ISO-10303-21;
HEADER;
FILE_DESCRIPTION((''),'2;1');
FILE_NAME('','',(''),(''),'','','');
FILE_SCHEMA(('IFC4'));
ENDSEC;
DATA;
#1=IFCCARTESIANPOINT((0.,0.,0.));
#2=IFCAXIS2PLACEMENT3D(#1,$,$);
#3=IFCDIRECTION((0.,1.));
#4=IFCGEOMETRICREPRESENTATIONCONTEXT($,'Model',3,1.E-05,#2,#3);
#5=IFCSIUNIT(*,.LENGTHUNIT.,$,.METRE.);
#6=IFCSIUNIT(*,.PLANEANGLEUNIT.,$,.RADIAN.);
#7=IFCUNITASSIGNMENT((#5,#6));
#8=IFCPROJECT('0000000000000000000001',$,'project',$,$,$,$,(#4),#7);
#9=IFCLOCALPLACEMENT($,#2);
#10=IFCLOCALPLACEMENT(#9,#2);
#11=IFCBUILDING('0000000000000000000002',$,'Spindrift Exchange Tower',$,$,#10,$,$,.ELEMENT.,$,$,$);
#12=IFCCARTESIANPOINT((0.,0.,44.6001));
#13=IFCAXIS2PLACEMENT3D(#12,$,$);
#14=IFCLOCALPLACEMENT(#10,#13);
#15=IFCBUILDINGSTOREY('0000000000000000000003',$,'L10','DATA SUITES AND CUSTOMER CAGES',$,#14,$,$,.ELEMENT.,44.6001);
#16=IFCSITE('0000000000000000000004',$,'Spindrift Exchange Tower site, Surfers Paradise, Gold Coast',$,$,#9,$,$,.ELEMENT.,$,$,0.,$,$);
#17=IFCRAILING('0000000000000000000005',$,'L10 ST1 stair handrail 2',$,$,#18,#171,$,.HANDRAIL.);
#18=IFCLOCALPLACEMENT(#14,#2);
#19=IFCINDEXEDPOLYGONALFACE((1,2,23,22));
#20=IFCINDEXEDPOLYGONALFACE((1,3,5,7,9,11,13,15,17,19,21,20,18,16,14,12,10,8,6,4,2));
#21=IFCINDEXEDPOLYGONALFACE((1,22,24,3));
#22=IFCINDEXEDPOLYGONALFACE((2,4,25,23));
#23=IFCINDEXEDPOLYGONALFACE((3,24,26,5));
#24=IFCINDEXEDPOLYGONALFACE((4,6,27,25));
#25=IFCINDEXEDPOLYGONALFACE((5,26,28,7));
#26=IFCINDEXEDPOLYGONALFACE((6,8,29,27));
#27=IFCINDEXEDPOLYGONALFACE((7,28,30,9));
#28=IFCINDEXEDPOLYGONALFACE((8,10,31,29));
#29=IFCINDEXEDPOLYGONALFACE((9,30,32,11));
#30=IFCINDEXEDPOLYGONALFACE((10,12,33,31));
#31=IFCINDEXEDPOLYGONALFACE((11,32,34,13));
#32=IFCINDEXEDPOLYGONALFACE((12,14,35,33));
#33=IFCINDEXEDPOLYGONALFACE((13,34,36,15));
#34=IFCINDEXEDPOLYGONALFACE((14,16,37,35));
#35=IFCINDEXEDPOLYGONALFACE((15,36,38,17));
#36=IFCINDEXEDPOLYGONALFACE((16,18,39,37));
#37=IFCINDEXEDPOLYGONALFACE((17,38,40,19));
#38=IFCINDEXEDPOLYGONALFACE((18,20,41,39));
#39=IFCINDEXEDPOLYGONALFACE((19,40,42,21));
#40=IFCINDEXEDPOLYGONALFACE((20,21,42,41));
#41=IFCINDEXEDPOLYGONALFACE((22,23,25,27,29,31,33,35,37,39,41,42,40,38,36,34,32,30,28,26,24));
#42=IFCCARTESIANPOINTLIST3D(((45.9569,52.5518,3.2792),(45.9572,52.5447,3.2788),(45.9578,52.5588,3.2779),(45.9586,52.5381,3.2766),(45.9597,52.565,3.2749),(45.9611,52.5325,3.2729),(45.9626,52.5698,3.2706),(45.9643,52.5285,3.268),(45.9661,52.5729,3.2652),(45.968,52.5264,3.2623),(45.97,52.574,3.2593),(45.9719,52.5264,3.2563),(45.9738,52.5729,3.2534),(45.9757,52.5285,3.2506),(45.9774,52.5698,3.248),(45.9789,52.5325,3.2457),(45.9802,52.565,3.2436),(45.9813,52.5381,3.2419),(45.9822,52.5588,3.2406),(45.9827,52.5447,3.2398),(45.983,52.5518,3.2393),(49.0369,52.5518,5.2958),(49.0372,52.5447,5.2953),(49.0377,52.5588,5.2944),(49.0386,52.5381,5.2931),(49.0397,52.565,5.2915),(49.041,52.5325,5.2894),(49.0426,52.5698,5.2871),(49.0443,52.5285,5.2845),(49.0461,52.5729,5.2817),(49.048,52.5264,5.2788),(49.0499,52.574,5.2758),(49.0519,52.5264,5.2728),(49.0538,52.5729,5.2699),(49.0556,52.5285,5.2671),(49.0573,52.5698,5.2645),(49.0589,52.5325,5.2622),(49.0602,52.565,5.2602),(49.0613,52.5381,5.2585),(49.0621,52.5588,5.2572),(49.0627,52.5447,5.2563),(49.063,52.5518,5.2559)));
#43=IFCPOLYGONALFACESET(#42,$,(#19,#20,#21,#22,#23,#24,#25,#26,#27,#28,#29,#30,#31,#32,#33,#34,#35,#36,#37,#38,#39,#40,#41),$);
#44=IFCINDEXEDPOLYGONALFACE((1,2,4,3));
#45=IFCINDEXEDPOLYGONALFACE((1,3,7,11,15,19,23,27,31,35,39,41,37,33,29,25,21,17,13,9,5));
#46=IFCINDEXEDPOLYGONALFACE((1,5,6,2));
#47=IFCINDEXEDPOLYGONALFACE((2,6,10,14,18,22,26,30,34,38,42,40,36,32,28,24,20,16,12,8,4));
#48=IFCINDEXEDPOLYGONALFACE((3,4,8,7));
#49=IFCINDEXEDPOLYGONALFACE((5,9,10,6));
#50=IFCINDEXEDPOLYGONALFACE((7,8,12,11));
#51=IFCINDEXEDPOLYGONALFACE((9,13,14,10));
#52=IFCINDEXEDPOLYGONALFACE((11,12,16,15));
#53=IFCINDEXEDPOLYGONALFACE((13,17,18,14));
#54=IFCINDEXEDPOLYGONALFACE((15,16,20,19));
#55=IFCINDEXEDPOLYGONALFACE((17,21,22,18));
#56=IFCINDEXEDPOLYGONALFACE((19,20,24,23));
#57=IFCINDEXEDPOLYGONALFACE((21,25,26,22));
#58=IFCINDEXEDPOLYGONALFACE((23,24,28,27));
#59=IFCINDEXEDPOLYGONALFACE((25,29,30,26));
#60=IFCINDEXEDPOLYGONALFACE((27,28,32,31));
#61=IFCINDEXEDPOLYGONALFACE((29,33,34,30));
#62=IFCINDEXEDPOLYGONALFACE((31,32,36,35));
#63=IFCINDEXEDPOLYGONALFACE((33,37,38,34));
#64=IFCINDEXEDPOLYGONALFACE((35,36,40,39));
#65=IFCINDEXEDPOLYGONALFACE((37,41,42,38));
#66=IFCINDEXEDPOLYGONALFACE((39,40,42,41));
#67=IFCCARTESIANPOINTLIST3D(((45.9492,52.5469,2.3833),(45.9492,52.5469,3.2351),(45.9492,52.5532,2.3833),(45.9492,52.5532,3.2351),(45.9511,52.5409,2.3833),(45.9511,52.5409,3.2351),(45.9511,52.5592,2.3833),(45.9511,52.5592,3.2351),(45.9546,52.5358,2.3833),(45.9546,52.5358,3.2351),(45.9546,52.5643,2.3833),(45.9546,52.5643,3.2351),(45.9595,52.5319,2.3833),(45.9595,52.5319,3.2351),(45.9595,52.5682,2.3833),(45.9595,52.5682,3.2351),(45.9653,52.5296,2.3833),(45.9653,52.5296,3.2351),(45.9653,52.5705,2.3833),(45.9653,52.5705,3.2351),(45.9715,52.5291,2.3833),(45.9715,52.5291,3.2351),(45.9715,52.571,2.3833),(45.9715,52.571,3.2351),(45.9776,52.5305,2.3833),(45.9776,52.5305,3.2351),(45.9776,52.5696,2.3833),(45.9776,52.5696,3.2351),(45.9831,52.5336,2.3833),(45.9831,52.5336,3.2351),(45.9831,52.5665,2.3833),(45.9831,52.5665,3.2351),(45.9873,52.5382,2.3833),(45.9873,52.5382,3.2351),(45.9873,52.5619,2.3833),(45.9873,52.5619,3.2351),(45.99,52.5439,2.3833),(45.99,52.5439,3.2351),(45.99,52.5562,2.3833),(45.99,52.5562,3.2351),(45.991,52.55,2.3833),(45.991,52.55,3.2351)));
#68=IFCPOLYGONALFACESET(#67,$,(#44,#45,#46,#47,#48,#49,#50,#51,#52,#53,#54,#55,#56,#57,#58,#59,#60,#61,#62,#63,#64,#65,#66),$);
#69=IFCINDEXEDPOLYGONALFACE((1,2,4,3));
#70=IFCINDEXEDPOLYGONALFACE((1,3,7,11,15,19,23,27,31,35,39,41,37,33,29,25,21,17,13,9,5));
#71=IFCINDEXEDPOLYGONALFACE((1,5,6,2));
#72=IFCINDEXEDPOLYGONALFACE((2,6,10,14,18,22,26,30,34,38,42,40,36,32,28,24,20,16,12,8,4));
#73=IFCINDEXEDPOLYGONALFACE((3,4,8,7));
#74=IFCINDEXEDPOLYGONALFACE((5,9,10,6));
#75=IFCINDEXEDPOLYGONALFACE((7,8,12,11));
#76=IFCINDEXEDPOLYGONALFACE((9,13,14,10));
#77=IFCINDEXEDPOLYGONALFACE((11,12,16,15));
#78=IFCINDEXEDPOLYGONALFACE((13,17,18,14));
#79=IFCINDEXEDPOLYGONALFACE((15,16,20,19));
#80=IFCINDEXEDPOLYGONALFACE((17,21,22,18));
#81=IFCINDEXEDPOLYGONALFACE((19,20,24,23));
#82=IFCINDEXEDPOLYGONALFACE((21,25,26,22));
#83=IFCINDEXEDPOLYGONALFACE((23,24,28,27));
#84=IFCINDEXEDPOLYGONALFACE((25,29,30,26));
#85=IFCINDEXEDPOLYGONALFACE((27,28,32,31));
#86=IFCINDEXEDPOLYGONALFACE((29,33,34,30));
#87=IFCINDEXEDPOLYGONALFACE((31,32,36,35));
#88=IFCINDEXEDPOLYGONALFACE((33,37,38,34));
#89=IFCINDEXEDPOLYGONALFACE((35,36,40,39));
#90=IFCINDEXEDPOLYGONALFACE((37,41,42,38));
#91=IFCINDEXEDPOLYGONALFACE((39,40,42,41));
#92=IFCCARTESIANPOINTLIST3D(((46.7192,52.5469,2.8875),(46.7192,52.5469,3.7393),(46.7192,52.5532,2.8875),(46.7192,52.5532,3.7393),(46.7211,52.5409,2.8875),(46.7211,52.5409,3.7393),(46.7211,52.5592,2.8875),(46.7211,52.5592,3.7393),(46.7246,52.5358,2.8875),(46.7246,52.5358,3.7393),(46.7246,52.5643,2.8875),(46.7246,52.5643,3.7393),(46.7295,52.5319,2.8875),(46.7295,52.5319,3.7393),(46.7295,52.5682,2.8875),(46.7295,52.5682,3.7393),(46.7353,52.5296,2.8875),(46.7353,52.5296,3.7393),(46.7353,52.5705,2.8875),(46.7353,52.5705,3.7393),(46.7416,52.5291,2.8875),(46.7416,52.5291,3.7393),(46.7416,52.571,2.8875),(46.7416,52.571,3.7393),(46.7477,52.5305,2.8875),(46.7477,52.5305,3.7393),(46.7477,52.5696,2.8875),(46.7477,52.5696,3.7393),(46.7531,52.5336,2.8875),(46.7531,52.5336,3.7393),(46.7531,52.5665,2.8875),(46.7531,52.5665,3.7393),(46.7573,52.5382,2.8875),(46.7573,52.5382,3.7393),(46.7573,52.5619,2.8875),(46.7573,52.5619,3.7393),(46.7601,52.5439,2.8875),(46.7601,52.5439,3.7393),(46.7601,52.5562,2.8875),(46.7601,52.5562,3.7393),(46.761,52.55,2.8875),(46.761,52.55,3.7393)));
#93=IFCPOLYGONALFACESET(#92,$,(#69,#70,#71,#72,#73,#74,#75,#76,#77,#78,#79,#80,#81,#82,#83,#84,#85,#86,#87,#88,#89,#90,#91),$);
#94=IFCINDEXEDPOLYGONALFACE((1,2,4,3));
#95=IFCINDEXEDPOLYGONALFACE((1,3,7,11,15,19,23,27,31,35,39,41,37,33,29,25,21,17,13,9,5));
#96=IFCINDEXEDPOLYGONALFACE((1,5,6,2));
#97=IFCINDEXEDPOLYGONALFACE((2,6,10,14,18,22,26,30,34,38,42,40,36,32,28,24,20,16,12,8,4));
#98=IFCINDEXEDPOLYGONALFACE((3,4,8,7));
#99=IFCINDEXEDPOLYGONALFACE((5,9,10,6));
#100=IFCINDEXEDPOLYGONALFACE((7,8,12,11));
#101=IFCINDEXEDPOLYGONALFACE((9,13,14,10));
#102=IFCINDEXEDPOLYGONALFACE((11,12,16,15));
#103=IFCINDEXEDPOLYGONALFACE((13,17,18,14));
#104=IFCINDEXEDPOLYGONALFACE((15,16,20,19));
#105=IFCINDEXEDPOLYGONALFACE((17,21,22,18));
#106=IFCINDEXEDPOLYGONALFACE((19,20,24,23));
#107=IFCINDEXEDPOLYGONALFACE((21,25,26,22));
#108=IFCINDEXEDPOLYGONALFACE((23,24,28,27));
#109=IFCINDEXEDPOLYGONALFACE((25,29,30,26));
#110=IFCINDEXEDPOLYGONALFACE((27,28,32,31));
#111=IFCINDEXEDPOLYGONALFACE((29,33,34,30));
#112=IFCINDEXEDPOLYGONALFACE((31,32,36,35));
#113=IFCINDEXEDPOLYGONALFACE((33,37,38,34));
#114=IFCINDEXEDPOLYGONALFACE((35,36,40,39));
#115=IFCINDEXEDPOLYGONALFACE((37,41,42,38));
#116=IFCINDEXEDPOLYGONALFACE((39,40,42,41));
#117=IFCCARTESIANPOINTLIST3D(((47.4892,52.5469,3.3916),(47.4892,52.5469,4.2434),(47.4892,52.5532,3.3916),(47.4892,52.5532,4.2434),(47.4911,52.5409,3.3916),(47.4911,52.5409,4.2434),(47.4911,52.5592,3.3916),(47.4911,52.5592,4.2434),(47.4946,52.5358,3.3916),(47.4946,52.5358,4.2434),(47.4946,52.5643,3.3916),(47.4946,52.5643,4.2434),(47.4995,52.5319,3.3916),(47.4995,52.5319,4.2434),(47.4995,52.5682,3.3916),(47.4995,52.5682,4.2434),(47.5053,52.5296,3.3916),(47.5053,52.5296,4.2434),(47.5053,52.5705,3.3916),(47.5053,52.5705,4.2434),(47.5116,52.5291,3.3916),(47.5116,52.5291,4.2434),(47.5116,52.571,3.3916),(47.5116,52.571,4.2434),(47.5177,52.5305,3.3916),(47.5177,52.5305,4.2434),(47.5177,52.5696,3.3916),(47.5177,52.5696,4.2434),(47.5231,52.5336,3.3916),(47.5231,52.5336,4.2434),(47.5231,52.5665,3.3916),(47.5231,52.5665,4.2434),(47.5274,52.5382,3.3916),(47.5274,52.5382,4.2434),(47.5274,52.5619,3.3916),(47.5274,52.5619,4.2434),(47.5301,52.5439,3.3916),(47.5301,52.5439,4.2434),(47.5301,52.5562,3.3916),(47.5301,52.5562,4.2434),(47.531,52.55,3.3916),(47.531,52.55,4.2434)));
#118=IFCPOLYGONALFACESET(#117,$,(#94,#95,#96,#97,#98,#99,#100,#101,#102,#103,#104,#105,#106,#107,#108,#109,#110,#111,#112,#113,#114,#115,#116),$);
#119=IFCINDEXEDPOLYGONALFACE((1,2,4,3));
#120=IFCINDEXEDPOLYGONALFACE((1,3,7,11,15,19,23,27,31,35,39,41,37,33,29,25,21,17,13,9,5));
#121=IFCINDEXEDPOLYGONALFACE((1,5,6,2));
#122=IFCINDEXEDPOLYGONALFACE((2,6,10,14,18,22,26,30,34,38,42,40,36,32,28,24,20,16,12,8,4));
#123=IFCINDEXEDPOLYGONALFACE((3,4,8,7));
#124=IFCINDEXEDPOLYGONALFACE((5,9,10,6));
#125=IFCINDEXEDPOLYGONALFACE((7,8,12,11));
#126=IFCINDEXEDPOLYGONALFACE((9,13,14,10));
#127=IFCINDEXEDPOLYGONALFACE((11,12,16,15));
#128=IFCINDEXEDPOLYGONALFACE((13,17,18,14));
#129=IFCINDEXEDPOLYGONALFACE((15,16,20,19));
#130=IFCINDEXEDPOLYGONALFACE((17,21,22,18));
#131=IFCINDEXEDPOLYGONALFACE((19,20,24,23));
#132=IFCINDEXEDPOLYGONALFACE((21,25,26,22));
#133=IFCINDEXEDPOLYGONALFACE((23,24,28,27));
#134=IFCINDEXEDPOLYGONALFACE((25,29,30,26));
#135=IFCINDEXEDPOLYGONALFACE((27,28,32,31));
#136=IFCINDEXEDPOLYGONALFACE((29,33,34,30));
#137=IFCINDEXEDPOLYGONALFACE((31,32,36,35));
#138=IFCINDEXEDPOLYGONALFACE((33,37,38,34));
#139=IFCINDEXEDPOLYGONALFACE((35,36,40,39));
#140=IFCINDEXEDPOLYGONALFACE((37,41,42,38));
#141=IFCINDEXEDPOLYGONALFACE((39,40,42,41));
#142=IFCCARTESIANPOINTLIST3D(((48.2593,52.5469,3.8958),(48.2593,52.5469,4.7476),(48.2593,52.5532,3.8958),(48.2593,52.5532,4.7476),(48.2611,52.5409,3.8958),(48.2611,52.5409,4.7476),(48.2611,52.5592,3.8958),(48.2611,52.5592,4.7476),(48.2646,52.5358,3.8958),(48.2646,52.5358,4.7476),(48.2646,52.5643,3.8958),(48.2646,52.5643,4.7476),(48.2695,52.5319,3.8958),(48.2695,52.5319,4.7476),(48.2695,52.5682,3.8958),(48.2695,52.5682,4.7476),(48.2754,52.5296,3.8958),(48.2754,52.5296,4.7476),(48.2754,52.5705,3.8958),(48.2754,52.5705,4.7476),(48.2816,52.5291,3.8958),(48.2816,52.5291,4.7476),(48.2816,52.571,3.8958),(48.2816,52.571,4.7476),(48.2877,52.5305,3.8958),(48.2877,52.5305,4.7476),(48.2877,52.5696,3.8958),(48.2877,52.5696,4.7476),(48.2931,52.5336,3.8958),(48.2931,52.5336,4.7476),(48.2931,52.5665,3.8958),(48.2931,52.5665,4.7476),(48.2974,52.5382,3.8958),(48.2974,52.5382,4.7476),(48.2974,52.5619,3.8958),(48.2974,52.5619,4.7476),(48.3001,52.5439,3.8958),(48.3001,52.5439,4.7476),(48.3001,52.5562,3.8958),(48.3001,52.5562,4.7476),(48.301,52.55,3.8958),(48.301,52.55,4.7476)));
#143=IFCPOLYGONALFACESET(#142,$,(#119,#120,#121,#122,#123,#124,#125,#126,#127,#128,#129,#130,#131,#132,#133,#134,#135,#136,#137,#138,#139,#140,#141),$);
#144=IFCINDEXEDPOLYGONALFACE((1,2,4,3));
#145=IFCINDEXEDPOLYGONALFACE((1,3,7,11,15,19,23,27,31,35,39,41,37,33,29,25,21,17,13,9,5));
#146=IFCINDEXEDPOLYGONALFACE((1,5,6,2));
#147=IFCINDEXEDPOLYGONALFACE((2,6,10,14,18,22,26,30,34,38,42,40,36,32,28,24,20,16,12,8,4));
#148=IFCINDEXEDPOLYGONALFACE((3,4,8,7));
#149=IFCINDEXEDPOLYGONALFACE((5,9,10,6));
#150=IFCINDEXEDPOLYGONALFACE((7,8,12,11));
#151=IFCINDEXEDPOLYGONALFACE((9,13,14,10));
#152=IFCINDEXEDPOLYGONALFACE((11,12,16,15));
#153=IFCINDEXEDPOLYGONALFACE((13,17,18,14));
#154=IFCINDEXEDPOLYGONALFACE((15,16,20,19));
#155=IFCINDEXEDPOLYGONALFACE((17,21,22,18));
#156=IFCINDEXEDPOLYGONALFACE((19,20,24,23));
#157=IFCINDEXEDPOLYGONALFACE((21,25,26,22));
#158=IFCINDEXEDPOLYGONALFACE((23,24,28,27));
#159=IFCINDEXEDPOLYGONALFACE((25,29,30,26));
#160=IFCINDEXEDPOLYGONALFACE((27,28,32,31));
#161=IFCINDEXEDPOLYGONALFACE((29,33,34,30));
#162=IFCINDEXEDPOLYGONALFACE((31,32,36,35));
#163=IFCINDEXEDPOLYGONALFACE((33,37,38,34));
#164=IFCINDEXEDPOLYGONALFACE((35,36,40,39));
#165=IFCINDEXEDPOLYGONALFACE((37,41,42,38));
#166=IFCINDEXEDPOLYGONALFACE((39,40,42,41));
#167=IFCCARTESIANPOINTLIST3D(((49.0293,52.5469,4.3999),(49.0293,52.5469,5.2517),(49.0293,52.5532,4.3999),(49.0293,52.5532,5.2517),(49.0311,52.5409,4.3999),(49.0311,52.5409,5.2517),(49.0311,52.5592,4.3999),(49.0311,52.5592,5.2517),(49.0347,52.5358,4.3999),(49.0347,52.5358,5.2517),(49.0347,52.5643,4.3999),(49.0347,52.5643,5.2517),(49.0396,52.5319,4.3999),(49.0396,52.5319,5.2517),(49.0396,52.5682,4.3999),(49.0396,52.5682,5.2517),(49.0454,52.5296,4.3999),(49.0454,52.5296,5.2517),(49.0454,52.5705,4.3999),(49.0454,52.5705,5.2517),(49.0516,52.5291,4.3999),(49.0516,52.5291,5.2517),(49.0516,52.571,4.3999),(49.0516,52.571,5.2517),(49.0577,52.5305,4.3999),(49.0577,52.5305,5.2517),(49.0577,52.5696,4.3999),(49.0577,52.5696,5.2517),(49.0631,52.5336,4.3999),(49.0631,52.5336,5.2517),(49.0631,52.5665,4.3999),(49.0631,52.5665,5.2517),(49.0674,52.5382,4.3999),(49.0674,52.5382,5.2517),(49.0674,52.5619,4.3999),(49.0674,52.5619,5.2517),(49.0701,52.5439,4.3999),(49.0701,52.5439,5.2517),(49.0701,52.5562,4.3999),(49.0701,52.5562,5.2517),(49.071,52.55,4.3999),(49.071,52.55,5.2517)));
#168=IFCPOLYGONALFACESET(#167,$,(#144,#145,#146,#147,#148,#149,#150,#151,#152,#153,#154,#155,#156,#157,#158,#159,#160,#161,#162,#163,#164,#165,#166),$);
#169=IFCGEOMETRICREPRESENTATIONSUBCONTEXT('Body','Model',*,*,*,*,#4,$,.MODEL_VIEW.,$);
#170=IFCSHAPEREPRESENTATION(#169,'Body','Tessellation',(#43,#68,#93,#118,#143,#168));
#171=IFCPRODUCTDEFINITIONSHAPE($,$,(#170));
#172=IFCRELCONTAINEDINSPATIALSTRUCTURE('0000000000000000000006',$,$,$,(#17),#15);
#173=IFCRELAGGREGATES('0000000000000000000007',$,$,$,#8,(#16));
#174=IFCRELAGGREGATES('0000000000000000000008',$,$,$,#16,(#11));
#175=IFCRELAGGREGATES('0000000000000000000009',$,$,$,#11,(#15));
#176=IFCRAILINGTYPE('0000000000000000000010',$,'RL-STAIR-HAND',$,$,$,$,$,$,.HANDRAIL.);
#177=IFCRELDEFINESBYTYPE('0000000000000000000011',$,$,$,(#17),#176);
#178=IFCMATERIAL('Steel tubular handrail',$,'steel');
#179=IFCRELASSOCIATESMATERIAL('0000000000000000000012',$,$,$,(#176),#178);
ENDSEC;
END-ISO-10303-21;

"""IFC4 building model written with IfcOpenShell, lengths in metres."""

from ifc_helpers import new_model, si_unit, direction, frame, origin, origin_2d, place, context, subcontext, project, spatial, circle, extrude, material, type_object, element, save


model = new_model("IFC4")

# Units and contexts
model_context = context("Model", 3, precision=1e-05, world=origin(), true_north=direction((0.0, 1.0)))
body_context = subcontext(model_context, "Body", "Model", "MODEL_VIEW")
ifc_project = project(units=[si_unit("LENGTHUNIT", "METRE"), si_unit("PLANEANGLEUNIT", "RADIAN")], contexts=[model_context])

# Site, building, storey
site_placement = place(None, origin())
site = spatial("IfcSite", under=ifc_project, at=site_placement, Name="Spindrift Exchange Tower site, Surfers Paradise, Gold Coast", CompositionType="ELEMENT", RefElevation=0.0)
building_placement = place(site_placement, origin())
building = spatial("IfcBuilding", under=site, at=building_placement, Name="Spindrift Exchange Tower", CompositionType="ELEMENT")
storey_placement = place(building_placement, frame((0.0, 0.0, 44.6001)))
storey = spatial("IfcBuildingStorey", under=building, at=storey_placement, Name="L10", Description="DATA SUITES AND CUSTOMER CAGES", CompositionType="ELEMENT", Elevation=44.6001)

# Railing
ifc_material_1 = material(Name="Steel tubular handrail", Category="steel")
railing_type_1 = type_object("IfcRailingType", Name="RL-STAIR-HAND", PredefinedType="HANDRAIL", material=ifc_material_1)
railing_1_placement = place(storey_placement, frame((45.97, 52.55, 2.3833)))
element("IfcRailing", 1, at=railing_1_placement, inside=storey, type_object=railing_type_1, Name="L10 ST1 stair handrail 2", PredefinedType="HANDRAIL", context=body_context, shape_type="SweptSolid", body=[
    extrude(circle(Radius=0.0239, at=origin_2d()), frame((0.0, 0.0, 0.876), z_axis=(0.836633, 0.0, 0.547764), x_axis=(0.0, 1.0, 0.0)), (0.0, 0.0, 1.0), 3.6814),
    extrude(circle(Radius=0.021, at=origin_2d()), origin(), (0.0, 0.0, 1.0), 0.8518),
    extrude(circle(Radius=0.021, at=origin_2d()), frame((0.77, 0.0, 0.5042)), (0.0, 0.0, 1.0), 0.8518),
    extrude(circle(Radius=0.021, at=origin_2d()), frame((1.54, 0.0, 1.0083)), (0.0, 0.0, 1.0), 0.8518),
    extrude(circle(Radius=0.021, at=origin_2d()), frame((2.3101, 0.0, 1.5125)), (0.0, 0.0, 1.0), 0.8518),
    extrude(circle(Radius=0.021, at=origin_2d()), frame((3.0801, 0.0, 2.0166)), (0.0, 0.0, 1.0), 0.8518),
])

save(model, "model.ifc")
